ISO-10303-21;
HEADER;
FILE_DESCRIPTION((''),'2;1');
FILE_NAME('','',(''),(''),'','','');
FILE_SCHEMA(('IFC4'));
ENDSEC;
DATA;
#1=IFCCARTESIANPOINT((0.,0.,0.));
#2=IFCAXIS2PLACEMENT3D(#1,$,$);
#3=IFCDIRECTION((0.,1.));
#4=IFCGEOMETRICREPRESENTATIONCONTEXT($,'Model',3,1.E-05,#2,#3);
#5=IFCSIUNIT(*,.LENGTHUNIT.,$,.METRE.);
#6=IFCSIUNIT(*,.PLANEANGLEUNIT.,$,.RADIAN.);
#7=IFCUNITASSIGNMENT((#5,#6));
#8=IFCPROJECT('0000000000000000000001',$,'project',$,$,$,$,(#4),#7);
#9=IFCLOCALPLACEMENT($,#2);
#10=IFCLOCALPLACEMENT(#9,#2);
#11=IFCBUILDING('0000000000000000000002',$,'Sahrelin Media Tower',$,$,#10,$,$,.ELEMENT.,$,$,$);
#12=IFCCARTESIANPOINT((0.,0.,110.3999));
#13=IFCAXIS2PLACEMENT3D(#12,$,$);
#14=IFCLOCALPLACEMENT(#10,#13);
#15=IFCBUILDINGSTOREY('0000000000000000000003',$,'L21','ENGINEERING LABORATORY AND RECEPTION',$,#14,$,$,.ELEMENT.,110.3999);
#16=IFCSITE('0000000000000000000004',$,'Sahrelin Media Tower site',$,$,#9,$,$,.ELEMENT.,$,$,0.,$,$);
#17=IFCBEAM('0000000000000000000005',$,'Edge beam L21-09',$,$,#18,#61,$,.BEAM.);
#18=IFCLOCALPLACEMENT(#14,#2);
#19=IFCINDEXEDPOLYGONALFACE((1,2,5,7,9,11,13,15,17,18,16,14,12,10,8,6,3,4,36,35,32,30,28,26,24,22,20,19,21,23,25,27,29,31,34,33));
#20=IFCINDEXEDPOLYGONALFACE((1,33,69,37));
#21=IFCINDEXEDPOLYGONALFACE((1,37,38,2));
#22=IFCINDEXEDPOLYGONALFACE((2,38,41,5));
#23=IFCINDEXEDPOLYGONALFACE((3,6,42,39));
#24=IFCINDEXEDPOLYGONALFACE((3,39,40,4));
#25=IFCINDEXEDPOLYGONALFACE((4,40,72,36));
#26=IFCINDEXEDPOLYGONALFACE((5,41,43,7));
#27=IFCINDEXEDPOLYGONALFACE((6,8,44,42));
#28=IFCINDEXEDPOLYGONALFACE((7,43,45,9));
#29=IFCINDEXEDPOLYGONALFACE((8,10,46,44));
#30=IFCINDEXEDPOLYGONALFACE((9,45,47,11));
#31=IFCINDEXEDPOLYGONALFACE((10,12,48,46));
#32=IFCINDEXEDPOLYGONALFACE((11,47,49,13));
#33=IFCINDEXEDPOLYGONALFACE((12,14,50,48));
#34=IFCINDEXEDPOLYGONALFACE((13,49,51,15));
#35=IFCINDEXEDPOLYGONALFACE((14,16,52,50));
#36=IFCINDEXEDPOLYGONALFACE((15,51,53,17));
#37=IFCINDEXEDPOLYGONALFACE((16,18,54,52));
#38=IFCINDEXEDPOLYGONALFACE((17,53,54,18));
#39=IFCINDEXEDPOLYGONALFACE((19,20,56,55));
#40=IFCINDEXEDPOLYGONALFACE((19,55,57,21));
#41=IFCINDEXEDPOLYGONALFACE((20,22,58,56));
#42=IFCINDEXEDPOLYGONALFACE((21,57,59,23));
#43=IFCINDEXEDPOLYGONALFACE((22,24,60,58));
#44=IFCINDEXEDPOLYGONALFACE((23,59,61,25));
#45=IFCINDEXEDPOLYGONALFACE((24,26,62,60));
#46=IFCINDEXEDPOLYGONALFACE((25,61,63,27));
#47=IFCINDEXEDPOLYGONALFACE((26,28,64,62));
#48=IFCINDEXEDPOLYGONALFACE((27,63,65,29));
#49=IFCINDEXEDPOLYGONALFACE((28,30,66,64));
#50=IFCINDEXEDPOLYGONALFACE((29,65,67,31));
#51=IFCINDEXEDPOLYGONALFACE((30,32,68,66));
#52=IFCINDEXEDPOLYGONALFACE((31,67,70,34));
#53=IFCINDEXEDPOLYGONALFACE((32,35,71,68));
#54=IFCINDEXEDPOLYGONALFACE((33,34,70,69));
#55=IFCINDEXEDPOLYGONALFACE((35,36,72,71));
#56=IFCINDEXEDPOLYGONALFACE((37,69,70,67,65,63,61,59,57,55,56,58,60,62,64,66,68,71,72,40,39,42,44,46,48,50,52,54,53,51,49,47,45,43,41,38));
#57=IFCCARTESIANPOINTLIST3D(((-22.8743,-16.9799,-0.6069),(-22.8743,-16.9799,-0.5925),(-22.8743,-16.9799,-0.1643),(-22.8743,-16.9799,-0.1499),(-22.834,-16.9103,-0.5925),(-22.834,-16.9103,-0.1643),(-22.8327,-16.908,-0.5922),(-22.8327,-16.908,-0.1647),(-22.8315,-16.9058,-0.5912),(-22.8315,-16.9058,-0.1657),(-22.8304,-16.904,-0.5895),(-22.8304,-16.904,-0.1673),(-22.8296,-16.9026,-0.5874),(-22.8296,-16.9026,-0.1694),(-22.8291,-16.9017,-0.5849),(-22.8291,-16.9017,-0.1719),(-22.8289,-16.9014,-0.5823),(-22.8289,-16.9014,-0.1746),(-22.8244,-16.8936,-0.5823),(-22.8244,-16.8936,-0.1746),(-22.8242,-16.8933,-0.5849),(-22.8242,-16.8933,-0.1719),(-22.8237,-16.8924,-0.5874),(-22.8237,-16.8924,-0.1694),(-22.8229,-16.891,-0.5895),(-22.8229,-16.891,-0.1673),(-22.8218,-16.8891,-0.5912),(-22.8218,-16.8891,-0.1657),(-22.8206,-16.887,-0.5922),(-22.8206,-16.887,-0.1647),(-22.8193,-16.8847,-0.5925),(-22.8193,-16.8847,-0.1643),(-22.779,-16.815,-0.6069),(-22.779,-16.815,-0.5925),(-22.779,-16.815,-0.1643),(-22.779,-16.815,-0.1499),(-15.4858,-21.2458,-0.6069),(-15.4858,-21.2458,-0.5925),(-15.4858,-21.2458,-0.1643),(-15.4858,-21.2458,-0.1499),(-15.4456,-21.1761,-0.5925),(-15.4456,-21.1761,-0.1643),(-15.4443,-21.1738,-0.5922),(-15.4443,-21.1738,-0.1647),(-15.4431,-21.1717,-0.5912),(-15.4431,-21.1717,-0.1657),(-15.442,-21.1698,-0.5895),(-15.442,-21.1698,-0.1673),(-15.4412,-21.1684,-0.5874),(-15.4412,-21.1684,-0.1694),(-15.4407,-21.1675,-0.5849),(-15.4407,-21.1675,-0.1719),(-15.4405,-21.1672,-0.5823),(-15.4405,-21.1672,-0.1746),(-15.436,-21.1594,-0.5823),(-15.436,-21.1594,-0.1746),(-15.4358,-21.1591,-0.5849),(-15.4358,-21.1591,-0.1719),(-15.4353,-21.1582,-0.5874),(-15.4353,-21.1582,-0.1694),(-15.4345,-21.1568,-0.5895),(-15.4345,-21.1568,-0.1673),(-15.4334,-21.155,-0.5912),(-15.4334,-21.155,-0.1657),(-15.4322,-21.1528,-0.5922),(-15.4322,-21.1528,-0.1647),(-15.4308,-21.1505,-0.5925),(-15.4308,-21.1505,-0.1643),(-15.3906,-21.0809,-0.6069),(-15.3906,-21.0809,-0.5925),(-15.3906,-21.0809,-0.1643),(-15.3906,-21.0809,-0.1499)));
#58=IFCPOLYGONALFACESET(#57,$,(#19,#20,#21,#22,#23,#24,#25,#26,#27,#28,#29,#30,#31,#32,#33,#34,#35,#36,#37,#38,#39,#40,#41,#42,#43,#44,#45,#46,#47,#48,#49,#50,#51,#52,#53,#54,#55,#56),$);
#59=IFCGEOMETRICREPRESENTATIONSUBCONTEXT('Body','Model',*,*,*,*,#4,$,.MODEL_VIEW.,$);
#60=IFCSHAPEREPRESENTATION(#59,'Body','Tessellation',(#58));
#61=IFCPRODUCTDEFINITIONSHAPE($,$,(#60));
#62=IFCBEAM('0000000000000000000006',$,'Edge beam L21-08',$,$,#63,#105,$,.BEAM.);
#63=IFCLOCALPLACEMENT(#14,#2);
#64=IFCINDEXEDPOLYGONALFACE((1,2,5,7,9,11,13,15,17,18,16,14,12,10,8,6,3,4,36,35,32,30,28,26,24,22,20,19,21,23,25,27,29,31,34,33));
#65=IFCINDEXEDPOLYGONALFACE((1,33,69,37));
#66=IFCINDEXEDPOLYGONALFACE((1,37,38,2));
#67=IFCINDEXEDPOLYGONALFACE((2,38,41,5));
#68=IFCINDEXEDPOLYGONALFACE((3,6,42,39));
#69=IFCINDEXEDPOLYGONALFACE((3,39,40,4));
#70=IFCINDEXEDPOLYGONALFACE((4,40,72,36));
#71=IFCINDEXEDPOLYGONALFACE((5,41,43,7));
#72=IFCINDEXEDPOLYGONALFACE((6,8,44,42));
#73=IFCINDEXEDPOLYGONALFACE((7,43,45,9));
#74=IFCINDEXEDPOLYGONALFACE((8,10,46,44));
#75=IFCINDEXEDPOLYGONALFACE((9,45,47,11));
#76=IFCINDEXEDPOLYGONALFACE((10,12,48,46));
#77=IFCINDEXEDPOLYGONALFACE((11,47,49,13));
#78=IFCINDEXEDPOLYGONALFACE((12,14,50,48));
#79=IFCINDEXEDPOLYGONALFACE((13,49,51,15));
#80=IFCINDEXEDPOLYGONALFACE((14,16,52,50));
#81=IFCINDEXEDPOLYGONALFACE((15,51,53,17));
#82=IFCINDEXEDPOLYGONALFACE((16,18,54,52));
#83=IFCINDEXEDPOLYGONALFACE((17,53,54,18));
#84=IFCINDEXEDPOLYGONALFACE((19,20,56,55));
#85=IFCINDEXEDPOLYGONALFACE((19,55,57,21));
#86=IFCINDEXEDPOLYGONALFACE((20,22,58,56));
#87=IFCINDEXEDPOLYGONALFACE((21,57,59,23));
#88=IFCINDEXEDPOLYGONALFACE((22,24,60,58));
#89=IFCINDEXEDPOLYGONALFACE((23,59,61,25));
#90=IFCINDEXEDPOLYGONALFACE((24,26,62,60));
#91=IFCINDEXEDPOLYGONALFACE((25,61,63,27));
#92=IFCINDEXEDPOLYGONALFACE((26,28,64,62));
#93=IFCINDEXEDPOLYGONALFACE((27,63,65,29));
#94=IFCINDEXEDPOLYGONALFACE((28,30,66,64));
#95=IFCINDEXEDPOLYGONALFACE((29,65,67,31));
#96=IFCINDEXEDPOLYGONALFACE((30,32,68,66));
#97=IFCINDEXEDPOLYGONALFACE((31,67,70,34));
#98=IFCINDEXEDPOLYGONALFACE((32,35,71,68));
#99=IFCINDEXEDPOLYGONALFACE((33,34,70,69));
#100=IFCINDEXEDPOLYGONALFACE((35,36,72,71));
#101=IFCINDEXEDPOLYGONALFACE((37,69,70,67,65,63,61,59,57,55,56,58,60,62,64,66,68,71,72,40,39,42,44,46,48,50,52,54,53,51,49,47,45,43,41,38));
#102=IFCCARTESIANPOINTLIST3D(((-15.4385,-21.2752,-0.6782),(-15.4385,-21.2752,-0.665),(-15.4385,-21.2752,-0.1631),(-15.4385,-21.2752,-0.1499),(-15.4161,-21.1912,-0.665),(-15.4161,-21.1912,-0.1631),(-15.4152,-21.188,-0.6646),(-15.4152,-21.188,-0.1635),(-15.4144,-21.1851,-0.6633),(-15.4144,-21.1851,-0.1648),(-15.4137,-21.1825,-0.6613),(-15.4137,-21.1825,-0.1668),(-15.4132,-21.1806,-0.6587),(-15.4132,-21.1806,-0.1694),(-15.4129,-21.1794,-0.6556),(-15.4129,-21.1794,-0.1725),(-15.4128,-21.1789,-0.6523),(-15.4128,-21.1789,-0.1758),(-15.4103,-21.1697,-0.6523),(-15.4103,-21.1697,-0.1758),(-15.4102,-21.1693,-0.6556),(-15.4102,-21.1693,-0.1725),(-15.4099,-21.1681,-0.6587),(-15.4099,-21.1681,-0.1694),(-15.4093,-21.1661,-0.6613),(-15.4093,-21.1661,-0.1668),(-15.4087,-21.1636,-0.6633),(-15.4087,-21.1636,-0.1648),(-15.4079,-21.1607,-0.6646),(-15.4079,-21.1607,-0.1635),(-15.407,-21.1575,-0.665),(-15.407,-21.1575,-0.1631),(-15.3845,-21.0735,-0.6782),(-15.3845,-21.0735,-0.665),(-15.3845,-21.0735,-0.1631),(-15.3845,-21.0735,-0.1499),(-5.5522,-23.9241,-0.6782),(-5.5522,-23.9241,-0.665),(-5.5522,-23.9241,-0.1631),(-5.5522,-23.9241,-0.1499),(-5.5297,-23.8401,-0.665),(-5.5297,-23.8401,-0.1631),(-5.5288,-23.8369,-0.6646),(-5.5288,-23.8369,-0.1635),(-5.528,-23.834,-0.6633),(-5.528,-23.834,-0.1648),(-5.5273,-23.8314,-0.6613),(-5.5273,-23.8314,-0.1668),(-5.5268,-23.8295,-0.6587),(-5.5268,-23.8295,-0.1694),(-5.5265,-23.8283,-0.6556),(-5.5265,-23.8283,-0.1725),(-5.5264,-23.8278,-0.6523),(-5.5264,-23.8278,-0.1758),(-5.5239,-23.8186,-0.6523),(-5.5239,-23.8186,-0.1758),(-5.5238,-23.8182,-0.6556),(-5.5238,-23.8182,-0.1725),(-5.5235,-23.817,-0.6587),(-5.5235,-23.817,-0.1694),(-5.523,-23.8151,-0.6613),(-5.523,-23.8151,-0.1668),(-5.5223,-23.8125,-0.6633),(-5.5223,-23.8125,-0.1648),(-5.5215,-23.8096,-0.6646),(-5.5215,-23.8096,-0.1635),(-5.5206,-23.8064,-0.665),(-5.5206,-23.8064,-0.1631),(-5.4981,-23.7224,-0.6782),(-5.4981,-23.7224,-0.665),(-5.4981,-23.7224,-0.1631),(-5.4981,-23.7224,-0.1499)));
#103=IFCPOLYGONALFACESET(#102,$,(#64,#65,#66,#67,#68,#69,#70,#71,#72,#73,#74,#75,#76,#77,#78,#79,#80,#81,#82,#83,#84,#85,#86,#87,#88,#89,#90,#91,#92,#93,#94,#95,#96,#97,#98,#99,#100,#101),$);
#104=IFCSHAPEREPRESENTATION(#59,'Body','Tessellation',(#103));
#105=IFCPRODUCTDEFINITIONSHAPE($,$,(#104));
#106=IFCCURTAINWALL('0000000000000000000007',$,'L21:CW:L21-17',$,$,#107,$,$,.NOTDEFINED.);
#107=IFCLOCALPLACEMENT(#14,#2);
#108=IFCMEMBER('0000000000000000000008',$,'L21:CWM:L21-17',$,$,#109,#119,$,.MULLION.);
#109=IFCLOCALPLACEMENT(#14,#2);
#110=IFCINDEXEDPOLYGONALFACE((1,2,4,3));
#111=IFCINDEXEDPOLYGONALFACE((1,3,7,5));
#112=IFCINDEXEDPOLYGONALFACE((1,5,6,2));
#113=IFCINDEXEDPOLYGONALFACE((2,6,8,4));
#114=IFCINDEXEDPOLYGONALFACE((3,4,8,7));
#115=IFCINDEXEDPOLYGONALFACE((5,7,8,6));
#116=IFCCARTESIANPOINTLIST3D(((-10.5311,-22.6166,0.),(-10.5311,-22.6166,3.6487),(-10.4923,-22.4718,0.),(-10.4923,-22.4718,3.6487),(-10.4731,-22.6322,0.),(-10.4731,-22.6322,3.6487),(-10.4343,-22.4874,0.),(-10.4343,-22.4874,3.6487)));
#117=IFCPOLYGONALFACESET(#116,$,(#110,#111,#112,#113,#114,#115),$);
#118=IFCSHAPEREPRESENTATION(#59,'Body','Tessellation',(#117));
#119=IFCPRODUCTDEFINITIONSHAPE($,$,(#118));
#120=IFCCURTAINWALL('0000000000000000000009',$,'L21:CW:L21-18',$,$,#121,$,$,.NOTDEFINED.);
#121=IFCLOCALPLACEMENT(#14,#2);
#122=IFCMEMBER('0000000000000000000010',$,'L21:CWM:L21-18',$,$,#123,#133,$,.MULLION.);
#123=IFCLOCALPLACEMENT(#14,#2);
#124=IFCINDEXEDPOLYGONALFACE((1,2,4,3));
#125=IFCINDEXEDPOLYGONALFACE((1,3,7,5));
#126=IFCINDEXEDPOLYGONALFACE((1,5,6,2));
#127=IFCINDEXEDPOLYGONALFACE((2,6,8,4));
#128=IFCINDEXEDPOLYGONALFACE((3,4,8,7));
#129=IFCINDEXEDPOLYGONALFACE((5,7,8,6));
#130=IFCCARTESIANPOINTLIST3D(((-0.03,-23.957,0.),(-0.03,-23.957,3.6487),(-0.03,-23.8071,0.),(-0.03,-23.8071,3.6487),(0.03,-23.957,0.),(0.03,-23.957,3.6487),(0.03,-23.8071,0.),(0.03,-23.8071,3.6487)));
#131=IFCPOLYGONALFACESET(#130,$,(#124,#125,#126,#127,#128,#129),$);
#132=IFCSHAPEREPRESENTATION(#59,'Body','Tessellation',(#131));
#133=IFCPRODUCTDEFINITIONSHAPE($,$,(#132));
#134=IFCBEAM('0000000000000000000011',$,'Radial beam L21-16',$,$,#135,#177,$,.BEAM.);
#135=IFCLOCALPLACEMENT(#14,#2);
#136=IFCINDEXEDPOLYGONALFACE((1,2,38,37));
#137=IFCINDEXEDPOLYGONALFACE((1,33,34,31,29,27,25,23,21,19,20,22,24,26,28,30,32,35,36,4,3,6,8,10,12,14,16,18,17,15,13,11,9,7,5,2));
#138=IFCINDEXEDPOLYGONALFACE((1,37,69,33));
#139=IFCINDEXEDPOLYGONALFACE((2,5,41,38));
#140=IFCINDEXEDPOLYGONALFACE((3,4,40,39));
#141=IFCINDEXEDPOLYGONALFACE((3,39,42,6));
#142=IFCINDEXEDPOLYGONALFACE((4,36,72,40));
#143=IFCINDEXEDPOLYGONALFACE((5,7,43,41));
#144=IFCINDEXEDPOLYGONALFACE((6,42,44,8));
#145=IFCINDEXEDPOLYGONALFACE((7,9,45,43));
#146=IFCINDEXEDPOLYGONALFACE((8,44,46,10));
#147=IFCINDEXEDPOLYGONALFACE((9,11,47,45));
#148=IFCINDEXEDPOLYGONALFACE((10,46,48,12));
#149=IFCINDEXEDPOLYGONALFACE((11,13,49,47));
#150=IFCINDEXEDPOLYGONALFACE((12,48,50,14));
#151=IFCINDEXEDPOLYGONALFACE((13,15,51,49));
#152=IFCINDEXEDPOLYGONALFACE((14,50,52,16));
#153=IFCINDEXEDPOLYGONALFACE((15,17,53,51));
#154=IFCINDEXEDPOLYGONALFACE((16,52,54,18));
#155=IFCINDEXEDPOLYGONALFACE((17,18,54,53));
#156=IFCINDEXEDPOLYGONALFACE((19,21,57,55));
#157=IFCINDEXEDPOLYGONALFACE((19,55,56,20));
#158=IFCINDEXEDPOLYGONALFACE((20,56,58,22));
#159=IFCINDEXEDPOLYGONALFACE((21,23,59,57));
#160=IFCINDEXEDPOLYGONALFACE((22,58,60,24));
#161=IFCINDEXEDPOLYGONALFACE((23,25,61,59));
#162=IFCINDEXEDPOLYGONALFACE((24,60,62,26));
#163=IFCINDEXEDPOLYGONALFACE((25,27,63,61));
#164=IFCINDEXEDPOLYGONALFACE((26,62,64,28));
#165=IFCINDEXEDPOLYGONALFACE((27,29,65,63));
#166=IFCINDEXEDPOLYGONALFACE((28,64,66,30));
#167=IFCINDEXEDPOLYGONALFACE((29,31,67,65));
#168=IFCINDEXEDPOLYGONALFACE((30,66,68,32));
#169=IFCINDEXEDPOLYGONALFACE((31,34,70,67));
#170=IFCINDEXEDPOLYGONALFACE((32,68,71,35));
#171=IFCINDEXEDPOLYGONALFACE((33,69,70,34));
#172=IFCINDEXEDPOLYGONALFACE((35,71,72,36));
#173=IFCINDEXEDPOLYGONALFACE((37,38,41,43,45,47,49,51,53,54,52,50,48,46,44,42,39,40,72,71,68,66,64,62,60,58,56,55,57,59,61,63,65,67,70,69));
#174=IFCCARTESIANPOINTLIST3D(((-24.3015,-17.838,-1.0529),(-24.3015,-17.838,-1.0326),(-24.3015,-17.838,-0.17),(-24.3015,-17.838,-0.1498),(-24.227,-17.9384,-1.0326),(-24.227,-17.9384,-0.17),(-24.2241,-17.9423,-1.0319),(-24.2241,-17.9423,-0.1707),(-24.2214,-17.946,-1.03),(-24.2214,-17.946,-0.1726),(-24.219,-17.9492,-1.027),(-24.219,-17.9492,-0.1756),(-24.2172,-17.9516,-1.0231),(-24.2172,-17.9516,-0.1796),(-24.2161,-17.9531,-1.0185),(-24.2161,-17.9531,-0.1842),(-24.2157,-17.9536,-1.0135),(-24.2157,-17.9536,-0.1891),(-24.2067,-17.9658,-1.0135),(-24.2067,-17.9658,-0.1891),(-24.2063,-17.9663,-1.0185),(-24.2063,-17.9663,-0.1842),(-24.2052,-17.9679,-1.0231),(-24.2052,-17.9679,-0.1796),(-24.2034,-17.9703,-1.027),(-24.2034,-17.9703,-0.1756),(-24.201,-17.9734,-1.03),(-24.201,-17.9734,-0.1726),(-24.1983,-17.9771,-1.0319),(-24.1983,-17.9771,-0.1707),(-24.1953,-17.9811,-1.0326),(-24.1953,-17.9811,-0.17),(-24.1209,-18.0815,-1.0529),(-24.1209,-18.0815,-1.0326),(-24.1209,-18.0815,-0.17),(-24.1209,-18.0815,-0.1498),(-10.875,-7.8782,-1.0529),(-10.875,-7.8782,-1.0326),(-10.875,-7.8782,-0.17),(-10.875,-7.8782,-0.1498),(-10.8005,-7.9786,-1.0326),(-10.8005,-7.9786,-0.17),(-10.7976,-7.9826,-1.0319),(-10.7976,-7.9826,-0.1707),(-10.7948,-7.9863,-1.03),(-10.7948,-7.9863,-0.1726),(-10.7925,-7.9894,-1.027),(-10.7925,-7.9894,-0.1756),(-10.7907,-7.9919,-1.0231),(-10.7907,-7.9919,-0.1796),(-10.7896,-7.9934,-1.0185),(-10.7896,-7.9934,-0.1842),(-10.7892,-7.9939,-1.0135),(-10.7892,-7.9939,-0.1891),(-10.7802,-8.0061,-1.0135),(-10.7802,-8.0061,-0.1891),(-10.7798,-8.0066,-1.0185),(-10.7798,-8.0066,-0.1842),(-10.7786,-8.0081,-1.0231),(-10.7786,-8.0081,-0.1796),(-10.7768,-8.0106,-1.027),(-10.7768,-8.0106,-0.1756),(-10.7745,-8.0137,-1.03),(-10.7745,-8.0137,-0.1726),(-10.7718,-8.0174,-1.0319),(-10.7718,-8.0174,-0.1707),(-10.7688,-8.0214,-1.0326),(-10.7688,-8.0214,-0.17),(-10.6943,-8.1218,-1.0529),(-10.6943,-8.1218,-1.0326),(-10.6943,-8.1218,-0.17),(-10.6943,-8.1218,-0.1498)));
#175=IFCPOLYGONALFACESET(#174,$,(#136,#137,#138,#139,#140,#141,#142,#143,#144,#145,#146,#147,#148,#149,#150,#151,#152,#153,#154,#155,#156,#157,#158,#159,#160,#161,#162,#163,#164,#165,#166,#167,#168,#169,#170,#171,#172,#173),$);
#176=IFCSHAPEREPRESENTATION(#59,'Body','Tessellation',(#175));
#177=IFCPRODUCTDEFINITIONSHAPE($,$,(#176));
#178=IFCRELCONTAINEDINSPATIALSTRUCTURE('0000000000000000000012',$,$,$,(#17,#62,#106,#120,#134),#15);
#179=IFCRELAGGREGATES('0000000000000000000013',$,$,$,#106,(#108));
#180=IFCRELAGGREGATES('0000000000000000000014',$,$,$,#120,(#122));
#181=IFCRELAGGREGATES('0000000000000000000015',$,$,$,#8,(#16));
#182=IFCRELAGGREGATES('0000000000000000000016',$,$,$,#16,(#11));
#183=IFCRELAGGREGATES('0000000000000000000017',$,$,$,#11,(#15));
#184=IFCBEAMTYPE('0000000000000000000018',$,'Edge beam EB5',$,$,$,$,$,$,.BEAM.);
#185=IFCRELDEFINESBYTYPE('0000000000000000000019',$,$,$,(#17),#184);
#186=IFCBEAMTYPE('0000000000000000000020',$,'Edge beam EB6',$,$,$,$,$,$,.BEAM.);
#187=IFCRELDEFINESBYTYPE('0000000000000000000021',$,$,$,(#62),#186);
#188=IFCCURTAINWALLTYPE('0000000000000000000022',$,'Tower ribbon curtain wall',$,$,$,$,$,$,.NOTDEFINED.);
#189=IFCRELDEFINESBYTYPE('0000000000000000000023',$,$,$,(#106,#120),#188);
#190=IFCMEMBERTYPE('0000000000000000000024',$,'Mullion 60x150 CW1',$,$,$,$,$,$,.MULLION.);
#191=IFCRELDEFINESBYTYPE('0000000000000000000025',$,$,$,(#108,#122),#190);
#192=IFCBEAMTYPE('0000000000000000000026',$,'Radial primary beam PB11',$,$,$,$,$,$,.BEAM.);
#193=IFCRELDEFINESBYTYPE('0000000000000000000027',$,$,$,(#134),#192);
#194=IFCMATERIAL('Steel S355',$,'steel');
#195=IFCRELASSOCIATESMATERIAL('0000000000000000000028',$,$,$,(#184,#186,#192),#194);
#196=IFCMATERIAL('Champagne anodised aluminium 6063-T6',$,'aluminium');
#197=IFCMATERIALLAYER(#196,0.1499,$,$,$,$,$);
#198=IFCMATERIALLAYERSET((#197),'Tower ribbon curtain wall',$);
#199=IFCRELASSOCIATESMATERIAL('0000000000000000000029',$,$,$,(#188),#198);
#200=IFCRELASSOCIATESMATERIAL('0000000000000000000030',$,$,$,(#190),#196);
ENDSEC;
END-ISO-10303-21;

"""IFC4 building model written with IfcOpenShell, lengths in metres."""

from ifc_helpers import new_model, si_unit, direction, frame, origin, origin_2d, place, context, subcontext, project, spatial, rectangle, i_section, extrude, material, layer, layer_set, material_profile, profile_set, type_object, element, aggregate, save


model = new_model("IFC4")

# Units and contexts
model_context = context("Model", 3, precision=1e-05, world=origin(), true_north=direction((0.0, 1.0)))
body_context = subcontext(model_context, "Body", "Model", "MODEL_VIEW")
ifc_project = project(units=[si_unit("LENGTHUNIT", "METRE"), si_unit("PLANEANGLEUNIT", "RADIAN")], contexts=[model_context])

# Site, building, storey
site_placement = place(None, origin())
site = spatial("IfcSite", under=ifc_project, at=site_placement, Name="Sahrelin Media Tower site", CompositionType="ELEMENT", RefElevation=0.0)
building_placement = place(site_placement, origin())
building = spatial("IfcBuilding", under=site, at=building_placement, Name="Sahrelin Media Tower", CompositionType="ELEMENT")
storey_placement = place(building_placement, frame((0.0, 0.0, 110.3999)))
storey = spatial("IfcBuildingStorey", under=building, at=storey_placement, Name="L21", Description="ENGINEERING LABORATORY AND RECEPTION", CompositionType="ELEMENT", Elevation=110.3999)

# Beams
ifc_material_1 = material(Name="Steel S355", Category="steel")
ifc_material_profile_1 = material_profile(ifc_material_1, i_section(OverallWidth=0.1904, OverallDepth=0.457, WebThickness=0.009, FlangeThickness=0.0144, FilletRadius=0.0103, at=origin_2d()), Name="UB 457x191x74")
ifc_profile_set_1 = profile_set([ifc_material_profile_1], Name="Steel S355")
beam_type_1 = type_object("IfcBeamType", Name="Edge beam EB5", PredefinedType="BEAM", material=ifc_profile_set_1)
beam_1_placement = place(storey_placement, frame((-15.4382, -21.1633, -0.3784), z_axis=(-0.866017, 0.500014, 0.0), x_axis=(-0.500014, -0.866017, 0.0)))
element("IfcBeam", 1, at=beam_1_placement, inside=storey, type_object=beam_type_1, Name="Edge beam L21-09", PredefinedType="BEAM", context=body_context, shape_type="SweptSolid", body=[
    extrude(i_section(OverallWidth=0.1904, OverallDepth=0.457, WebThickness=0.009, FlangeThickness=0.0144, FilletRadius=0.0103, at=origin_2d()), origin(), (0.0, 0.0, 1.0), 8.5315),
])
ifc_material_profile_2 = material_profile(ifc_material_1, i_section(OverallWidth=0.2087, OverallDepth=0.5283, WebThickness=0.0095, FlangeThickness=0.0132, FilletRadius=0.0127, at=origin_2d()), Name="UB 533x210x82")
ifc_profile_set_2 = profile_set([ifc_material_profile_2], Name="Steel S355")
beam_type_2 = type_object("IfcBeamType", Name="Edge beam EB6", PredefinedType="BEAM", material=ifc_profile_set_2)
beam_2_placement = place(storey_placement, frame((-5.5251, -23.8232, -0.4141), z_axis=(-0.965929, 0.258806, 0.0), x_axis=(-0.258806, -0.965929, 0.0)))
element("IfcBeam", 2, at=beam_2_placement, inside=storey, type_object=beam_type_2, Name="Edge beam L21-08", PredefinedType="BEAM", context=body_context, shape_type="SweptSolid", body=[
    extrude(i_section(OverallWidth=0.2087, OverallDepth=0.5283, WebThickness=0.0095, FlangeThickness=0.0132, FilletRadius=0.0127, at=origin_2d()), origin(), (0.0, 0.0, 1.0), 10.2351),
])

# Curtain walls, members
ifc_material_2 = material(Name="Champagne anodised aluminium 6063-T6", Category="aluminium")
ifc_layer_1 = layer(ifc_material_2, 0.1499)
ifc_layer_set_1 = layer_set([ifc_layer_1], Name="Tower ribbon curtain wall")
curtain_wall_type = type_object("IfcCurtainWallType", Name="Tower ribbon curtain wall", PredefinedType="NOTDEFINED", material=ifc_layer_set_1)
curtain_wall_1_placement = place(storey_placement, frame((-10.5071, -22.6438, 0.0), z_axis=(0.0, 0.0, 1.0), x_axis=(1.0, 0.0, 0.0)))
curtain_wall_1 = element("IfcCurtainWall", 3, at=curtain_wall_1_placement, inside=storey, type_object=curtain_wall_type, Name="L21:CW:L21-17", PredefinedType="NOTDEFINED")
ifc_material_profile_3 = material_profile(ifc_material_2, rectangle(XDim=0.0601, YDim=0.1499, at=origin_2d()), Name="Mullion 60x150")
ifc_profile_set_3 = profile_set([ifc_material_profile_3], Name="Champagne anodised aluminium 6063-T6")
member_type_1 = type_object("IfcMemberType", Name="Mullion 60x150 CW1", PredefinedType="MULLION", material=ifc_profile_set_3)
member_1_placement = place(storey_placement, frame((-10.4827, -22.552, 0.0), z_axis=(0.0, 0.0, 1.0), x_axis=(0.965926, -0.258817, 0.0)))
member_1 = element("IfcMember", 4, at=member_1_placement, type_object=member_type_1, Name="L21:CWM:L21-17", PredefinedType="MULLION", context=body_context, shape_type="SweptSolid", body=[
    extrude(rectangle(XDim=0.0601, YDim=0.1499, at=origin_2d()), origin(), (0.0, 0.0, 1.0), 3.6487),
])
curtain_wall_2_placement = place(storey_placement, frame((0.0, -23.9771, 0.0), z_axis=(0.0, 0.0, 1.0), x_axis=(1.0, 0.0, 0.0)))
curtain_wall_2 = element("IfcCurtainWall", 5, at=curtain_wall_2_placement, inside=storey, type_object=curtain_wall_type, Name="L21:CW:L21-18", PredefinedType="NOTDEFINED")
member_2_placement = place(storey_placement, frame((0.0, -23.8821, 0.0), z_axis=(0.0, 0.0, 1.0), x_axis=(1.0, 0.0, 0.0)))
member_2 = element("IfcMember", 6, at=member_2_placement, type_object=member_type_1, Name="L21:CWM:L21-18", PredefinedType="MULLION", context=body_context, shape_type="SweptSolid", body=[
    extrude(rectangle(XDim=0.0601, YDim=0.1499, at=origin_2d()), origin(), (0.0, 0.0, 1.0), 3.6487),
])

# Beam
ifc_material_profile_4 = material_profile(ifc_material_1, i_section(OverallWidth=0.3032, OverallDepth=0.9031, WebThickness=0.0151, FlangeThickness=0.0203, FilletRadius=0.019, at=origin_2d()), Name="UB 914x305x201")
ifc_profile_set_4 = profile_set([ifc_material_profile_4], Name="Steel S355")
beam_type_3 = type_object("IfcBeamType", Name="Radial primary beam PB11", PredefinedType="BEAM", material=ifc_profile_set_4)
beam_3_placement = place(storey_placement, frame((-10.7847, -8.0, -0.6013), z_axis=(-0.803152, -0.595774, 0.0), x_axis=(0.595774, -0.803152, 0.0)))
element("IfcBeam", 7, at=beam_3_placement, inside=storey, type_object=beam_type_3, Name="Radial beam L21-16", PredefinedType="BEAM", context=body_context, shape_type="SweptSolid", body=[
    extrude(i_section(OverallWidth=0.3032, OverallDepth=0.9031, WebThickness=0.0151, FlangeThickness=0.0203, FilletRadius=0.019, at=origin_2d()), origin(), (0.0, 0.0, 1.0), 16.7173),
])

aggregate(curtain_wall_1, [member_1])
aggregate(curtain_wall_2, [member_2])

save(model, "model.ifc")
